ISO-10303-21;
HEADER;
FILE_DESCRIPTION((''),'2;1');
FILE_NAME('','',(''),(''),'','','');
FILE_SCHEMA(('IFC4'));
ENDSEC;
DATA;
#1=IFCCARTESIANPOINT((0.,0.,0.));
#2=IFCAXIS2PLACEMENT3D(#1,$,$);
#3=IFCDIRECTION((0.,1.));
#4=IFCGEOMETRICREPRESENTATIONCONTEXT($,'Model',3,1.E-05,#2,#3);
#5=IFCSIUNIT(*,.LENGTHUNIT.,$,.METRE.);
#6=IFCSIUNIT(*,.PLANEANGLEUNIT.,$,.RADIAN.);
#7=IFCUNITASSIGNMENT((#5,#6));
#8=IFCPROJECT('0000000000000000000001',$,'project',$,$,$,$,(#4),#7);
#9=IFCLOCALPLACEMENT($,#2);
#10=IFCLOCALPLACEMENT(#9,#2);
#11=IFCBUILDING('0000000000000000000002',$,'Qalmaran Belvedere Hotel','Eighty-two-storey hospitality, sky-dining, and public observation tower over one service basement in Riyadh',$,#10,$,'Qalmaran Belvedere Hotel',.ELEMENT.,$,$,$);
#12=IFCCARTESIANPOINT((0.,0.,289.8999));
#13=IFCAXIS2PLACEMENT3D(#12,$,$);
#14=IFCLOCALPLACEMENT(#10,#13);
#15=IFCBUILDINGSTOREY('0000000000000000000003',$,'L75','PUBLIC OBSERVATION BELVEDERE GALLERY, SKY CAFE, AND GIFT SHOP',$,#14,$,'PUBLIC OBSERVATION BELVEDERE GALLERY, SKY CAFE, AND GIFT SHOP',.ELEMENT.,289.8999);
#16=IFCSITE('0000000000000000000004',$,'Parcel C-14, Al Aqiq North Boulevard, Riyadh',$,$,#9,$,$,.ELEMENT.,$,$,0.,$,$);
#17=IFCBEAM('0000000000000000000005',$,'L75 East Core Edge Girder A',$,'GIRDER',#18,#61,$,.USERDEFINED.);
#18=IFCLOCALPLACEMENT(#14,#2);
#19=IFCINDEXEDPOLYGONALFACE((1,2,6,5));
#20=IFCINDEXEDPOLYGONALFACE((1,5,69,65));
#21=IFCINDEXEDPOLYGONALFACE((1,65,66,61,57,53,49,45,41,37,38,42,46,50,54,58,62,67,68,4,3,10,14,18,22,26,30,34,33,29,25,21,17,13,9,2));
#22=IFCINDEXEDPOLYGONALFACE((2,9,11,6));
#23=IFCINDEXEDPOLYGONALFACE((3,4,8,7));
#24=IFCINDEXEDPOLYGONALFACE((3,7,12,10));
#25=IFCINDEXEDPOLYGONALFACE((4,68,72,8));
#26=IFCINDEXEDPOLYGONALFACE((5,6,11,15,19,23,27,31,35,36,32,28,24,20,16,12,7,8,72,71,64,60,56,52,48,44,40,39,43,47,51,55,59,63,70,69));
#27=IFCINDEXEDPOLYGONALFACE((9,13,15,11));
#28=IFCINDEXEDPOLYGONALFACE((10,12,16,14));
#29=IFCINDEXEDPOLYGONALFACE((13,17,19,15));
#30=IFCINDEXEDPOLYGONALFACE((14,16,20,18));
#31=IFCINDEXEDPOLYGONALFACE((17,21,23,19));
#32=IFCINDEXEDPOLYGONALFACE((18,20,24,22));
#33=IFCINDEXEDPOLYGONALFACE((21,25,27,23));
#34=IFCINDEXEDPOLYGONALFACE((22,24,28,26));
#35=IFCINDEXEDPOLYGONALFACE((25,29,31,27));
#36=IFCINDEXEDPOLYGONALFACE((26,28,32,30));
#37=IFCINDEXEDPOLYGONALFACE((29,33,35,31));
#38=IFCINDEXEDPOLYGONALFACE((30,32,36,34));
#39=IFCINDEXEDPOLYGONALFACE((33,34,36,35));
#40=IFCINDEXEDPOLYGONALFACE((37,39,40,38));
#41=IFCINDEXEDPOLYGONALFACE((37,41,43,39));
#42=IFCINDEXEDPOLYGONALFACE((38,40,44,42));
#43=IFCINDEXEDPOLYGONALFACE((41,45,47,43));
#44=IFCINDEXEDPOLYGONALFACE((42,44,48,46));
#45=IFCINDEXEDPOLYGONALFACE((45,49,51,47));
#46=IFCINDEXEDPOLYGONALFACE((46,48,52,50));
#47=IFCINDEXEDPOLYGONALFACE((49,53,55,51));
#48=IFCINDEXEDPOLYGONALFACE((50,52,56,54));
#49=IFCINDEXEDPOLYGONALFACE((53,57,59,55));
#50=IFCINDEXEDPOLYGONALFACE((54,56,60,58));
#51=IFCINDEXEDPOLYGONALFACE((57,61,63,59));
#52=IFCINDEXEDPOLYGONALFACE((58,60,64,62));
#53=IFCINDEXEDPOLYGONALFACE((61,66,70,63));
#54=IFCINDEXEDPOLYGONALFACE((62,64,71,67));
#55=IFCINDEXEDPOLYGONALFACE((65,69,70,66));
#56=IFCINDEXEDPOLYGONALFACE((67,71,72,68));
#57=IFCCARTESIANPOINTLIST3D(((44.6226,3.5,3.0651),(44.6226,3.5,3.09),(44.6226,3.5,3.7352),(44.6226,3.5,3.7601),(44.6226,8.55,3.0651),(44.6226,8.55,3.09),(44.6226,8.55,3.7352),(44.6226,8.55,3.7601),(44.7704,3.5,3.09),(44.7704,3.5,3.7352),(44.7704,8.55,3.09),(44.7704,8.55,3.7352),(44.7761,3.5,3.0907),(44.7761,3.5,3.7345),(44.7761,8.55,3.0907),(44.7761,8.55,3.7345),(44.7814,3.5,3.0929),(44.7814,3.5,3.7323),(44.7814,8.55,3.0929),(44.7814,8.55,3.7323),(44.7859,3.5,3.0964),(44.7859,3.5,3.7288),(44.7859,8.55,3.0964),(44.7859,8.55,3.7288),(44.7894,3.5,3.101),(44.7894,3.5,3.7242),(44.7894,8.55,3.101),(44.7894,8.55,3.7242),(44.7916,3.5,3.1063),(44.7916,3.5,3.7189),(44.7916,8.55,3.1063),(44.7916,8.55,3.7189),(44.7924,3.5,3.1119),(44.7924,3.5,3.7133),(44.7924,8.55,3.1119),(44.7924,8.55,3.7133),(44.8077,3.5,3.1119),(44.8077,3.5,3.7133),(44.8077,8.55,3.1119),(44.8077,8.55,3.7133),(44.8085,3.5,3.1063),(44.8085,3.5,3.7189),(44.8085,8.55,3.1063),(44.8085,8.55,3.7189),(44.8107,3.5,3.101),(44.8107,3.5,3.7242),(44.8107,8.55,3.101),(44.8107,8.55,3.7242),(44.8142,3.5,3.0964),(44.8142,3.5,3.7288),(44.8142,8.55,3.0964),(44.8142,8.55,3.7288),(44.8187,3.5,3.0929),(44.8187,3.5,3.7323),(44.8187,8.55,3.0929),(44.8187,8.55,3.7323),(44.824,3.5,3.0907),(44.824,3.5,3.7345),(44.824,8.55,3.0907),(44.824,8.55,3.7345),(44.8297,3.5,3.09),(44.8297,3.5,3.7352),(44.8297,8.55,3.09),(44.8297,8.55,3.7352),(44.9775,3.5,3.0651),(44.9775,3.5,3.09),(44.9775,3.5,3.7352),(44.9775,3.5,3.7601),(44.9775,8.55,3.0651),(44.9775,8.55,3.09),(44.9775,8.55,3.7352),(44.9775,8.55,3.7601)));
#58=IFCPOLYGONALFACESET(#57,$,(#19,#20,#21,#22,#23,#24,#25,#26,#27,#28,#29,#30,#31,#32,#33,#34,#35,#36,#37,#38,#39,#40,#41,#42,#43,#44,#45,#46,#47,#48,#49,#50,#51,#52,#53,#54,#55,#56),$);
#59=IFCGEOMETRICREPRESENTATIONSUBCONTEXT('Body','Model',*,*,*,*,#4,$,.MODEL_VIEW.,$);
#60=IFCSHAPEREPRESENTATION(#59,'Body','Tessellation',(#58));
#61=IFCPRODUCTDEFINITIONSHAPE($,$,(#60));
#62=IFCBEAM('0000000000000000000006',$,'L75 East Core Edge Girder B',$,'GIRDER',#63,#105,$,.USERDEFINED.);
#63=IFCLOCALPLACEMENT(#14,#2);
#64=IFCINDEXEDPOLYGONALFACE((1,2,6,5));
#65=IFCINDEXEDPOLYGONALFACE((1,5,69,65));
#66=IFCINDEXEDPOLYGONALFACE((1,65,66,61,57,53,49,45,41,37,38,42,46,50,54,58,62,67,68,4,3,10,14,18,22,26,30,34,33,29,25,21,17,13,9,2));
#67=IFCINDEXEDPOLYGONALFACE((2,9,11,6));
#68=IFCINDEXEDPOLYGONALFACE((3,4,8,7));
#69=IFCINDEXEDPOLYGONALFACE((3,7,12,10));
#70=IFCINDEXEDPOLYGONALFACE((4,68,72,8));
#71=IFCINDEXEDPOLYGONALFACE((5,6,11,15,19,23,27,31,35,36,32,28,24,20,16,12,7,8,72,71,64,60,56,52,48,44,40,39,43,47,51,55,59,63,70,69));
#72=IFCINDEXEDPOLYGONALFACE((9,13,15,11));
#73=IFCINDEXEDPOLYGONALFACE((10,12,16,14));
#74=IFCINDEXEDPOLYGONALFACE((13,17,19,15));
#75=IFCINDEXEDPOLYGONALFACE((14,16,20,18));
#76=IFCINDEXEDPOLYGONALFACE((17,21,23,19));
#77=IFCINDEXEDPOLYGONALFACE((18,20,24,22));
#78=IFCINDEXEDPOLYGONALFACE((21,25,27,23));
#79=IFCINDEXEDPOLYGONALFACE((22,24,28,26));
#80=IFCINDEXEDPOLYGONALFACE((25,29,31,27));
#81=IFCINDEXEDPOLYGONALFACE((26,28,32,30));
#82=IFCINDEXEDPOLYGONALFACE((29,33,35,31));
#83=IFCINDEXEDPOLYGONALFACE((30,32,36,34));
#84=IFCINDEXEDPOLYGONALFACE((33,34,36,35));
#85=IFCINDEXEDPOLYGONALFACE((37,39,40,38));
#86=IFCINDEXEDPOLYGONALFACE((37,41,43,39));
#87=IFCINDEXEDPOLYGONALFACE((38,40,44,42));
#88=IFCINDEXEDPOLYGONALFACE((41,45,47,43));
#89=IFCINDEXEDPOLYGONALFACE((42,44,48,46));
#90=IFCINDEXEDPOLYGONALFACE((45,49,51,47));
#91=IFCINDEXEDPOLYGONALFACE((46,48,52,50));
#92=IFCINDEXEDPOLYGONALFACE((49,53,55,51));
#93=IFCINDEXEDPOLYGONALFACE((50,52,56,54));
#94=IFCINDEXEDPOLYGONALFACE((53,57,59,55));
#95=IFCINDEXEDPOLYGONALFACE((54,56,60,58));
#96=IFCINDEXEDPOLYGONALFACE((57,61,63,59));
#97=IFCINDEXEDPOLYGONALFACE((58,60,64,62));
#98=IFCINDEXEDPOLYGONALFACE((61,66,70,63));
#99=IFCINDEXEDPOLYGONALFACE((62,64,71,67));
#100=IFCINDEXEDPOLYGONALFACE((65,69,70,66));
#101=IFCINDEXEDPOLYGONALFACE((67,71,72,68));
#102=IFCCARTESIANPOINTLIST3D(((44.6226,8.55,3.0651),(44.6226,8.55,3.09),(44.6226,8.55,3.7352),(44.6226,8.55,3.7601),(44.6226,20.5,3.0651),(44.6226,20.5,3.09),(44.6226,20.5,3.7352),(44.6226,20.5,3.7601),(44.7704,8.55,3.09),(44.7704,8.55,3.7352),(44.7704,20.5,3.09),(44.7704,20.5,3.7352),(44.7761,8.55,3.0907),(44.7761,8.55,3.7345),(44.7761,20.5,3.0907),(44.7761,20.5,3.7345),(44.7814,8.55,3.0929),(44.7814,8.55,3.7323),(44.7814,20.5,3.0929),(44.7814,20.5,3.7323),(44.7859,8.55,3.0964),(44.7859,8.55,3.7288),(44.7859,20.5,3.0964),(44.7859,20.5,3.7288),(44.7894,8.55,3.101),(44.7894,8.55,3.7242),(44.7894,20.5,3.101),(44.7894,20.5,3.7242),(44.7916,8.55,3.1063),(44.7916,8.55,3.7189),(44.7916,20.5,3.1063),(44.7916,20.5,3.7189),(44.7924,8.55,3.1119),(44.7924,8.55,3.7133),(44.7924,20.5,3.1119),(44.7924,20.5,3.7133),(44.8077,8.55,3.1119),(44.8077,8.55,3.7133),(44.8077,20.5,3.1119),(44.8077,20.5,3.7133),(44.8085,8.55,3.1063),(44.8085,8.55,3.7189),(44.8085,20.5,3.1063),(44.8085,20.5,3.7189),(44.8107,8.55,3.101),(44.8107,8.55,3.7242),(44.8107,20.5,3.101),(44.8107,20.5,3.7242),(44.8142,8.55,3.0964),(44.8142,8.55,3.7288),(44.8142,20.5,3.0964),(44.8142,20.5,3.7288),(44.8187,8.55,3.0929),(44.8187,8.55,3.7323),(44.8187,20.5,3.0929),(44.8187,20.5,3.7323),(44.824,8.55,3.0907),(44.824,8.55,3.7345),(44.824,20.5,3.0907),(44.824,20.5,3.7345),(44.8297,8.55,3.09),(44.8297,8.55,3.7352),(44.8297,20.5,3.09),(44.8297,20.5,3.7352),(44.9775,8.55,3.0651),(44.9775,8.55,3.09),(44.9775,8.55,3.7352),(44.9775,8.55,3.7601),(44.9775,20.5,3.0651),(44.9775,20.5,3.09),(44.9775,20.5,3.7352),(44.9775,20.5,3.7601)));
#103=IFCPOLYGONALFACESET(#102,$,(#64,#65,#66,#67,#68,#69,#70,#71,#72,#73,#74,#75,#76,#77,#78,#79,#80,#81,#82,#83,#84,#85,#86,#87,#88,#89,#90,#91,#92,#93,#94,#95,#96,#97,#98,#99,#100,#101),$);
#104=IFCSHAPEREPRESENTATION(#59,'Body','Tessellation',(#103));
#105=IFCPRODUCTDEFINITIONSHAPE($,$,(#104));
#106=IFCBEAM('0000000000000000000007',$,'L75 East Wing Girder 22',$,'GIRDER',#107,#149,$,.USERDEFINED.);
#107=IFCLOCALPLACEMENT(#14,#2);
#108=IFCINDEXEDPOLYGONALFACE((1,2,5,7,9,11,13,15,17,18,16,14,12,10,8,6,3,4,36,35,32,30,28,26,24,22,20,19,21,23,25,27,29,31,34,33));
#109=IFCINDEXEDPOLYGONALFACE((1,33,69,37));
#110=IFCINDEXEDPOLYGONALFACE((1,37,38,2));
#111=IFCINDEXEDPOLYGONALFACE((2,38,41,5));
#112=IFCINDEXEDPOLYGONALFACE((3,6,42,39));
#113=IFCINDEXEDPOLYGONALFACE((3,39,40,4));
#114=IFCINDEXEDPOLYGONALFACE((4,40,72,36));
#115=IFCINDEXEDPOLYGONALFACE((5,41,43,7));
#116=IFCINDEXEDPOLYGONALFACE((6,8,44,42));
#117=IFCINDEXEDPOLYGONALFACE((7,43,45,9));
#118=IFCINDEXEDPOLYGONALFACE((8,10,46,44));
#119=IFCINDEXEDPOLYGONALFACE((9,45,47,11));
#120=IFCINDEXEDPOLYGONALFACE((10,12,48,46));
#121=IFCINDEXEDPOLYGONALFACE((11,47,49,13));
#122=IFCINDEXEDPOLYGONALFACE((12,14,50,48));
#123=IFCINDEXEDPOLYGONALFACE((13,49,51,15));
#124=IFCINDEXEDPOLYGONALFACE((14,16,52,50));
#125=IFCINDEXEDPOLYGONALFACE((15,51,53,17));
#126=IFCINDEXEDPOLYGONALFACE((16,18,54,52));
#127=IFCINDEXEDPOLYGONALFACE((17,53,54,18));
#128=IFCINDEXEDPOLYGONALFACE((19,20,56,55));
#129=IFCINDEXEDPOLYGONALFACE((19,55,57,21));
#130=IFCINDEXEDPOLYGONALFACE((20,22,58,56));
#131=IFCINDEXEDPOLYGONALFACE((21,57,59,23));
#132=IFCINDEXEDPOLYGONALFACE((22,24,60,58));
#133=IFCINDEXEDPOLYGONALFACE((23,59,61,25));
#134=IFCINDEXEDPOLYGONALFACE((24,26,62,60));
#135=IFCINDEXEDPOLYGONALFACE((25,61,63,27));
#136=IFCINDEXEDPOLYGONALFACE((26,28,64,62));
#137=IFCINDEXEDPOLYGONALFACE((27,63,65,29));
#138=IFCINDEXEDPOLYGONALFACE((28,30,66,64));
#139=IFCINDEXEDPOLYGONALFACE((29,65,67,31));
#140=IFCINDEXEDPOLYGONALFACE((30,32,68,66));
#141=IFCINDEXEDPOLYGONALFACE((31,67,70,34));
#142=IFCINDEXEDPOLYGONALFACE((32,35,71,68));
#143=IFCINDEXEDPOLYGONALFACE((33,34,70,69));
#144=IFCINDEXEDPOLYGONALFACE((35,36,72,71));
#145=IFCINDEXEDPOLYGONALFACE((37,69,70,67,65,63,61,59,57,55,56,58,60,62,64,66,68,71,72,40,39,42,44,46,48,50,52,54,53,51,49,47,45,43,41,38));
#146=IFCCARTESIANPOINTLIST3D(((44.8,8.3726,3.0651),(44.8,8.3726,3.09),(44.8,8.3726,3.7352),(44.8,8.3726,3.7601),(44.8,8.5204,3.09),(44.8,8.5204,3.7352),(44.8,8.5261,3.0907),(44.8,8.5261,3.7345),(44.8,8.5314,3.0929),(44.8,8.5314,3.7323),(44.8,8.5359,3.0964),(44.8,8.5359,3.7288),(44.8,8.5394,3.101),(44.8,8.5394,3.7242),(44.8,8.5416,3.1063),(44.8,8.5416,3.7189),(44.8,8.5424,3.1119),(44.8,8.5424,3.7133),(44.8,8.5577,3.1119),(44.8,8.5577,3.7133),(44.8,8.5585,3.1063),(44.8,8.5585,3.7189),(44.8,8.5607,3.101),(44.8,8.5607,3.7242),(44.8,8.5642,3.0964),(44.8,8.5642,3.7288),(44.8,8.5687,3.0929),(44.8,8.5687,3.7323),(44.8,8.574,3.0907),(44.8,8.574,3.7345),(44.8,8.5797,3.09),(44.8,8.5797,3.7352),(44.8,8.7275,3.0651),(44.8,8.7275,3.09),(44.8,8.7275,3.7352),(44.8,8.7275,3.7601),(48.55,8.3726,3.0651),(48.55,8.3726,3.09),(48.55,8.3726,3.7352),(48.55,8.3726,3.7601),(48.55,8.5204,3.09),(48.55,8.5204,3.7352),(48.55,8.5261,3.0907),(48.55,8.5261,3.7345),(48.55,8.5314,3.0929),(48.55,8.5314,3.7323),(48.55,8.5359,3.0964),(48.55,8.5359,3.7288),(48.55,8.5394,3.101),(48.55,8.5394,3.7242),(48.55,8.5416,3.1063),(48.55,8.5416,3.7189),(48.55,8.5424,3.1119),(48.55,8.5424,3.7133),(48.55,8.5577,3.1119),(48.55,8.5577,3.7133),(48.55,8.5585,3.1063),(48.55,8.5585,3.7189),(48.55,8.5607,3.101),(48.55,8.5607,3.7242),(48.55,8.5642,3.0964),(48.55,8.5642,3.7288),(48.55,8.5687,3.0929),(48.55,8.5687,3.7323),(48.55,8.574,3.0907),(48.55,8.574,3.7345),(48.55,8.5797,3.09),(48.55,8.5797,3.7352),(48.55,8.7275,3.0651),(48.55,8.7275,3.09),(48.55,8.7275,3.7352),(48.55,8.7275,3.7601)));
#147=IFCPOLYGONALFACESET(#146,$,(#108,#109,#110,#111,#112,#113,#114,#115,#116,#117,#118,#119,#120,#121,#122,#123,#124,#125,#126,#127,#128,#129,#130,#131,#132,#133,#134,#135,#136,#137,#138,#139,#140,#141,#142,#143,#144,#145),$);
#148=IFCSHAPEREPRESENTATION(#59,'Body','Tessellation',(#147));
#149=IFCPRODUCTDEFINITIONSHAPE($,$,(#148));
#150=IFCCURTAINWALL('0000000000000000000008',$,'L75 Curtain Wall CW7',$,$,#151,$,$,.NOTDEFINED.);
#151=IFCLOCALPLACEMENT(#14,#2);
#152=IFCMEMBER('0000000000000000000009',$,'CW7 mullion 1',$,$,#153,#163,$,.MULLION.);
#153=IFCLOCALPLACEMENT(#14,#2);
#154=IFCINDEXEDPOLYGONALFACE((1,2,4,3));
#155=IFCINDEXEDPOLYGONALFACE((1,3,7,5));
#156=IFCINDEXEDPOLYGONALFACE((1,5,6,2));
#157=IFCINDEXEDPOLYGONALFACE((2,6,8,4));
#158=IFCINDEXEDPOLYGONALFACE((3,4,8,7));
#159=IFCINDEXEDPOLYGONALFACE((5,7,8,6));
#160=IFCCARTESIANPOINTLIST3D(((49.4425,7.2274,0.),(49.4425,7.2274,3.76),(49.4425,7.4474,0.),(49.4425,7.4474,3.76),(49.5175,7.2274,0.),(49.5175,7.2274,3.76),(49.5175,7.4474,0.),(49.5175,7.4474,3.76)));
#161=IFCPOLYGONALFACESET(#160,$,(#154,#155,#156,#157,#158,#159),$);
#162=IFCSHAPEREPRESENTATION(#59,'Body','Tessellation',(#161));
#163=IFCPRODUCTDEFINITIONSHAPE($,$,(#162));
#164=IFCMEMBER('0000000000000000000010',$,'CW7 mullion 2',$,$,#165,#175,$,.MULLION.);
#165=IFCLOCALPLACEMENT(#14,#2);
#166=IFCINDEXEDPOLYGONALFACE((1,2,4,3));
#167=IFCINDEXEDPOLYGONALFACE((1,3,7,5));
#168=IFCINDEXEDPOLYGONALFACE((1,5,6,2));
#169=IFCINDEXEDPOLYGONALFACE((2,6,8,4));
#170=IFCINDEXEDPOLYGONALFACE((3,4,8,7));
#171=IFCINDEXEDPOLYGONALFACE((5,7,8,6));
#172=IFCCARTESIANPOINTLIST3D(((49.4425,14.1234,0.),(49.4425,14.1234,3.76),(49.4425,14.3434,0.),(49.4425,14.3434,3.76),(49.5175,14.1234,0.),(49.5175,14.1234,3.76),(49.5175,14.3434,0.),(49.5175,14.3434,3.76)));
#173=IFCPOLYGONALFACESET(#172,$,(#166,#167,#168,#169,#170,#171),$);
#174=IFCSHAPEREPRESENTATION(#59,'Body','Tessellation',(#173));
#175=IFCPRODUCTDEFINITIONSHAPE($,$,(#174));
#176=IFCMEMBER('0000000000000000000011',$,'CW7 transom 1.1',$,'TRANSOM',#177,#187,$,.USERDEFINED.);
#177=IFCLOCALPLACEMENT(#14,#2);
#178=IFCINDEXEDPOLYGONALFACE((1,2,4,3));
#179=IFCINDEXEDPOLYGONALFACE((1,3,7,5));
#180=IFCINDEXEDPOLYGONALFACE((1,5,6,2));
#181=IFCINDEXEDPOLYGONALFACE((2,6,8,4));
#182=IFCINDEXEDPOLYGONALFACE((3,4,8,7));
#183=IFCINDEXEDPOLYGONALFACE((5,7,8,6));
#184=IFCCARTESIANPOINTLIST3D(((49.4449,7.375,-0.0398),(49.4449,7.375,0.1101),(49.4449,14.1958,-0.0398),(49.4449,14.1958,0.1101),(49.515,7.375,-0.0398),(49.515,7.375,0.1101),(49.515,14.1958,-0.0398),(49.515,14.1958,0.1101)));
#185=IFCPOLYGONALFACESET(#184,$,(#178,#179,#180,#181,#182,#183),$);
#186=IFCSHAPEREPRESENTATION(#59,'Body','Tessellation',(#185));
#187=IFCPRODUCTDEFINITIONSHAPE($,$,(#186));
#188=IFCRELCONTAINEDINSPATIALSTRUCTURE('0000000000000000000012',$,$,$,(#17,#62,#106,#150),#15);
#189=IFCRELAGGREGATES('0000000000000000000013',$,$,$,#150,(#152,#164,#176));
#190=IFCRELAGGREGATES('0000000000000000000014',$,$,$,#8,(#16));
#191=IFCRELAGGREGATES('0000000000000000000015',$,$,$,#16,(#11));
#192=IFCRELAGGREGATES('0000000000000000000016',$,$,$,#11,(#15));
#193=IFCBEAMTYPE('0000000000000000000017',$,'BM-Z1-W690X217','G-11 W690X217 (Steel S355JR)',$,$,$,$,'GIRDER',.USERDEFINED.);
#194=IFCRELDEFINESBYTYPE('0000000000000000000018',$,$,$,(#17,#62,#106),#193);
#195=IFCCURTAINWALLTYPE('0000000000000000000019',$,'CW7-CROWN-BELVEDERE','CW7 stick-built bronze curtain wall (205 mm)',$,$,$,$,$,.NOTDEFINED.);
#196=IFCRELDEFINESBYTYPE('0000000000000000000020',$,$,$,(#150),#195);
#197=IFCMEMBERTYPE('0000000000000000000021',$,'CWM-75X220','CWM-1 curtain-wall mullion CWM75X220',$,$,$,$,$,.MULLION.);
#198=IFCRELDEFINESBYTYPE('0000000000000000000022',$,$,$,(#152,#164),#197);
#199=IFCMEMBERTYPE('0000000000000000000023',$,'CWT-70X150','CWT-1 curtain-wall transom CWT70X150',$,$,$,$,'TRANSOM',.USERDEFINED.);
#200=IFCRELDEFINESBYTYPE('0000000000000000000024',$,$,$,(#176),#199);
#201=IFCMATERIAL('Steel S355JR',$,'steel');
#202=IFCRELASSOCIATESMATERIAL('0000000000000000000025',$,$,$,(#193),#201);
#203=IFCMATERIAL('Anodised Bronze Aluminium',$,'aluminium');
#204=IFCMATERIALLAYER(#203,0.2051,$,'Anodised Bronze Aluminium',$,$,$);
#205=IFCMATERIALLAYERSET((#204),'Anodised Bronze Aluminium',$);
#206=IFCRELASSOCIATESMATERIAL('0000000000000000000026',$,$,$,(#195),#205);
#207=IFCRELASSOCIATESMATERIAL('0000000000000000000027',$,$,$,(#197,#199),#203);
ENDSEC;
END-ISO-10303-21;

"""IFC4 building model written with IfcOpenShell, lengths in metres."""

from ifc_helpers import new_model, si_unit, direction, frame, origin, origin_2d, place, context, subcontext, project, spatial, rectangle, i_section, extrude, material, layer, layer_set, material_profile, profile_set, type_object, element, aggregate, save


model = new_model("IFC4")

# Units and contexts
model_context = context("Model", 3, precision=1e-05, world=origin(), true_north=direction((0.0, 1.0)))
body_context = subcontext(model_context, "Body", "Model", "MODEL_VIEW")
ifc_project = project(units=[si_unit("LENGTHUNIT", "METRE"), si_unit("PLANEANGLEUNIT", "RADIAN")], contexts=[model_context])

# Site, building, storey
site_placement = place(None, origin())
site = spatial("IfcSite", under=ifc_project, at=site_placement, Name="Parcel C-14, Al Aqiq North Boulevard, Riyadh", CompositionType="ELEMENT", RefElevation=0.0)
building_placement = place(site_placement, origin())
building = spatial("IfcBuilding", under=site, at=building_placement, Name="Qalmaran Belvedere Hotel", Description="Eighty-two-storey hospitality, sky-dining, and public observation tower over one service basement in Riyadh", LongName="Qalmaran Belvedere Hotel", CompositionType="ELEMENT")
storey_placement = place(building_placement, frame((0.0, 0.0, 289.8999)))
storey = spatial("IfcBuildingStorey", under=building, at=storey_placement, Name="L75", Description="PUBLIC OBSERVATION BELVEDERE GALLERY, SKY CAFE, AND GIFT SHOP", LongName="PUBLIC OBSERVATION BELVEDERE GALLERY, SKY CAFE, AND GIFT SHOP", CompositionType="ELEMENT", Elevation=289.8999)

# Beams
ifc_material_1 = material(Name="Steel S355JR", Category="steel")
ifc_material_profile_1 = material_profile(ifc_material_1, i_section(OverallWidth=0.355, OverallDepth=0.6951, WebThickness=0.0154, FlangeThickness=0.0249, FilletRadius=0.022, at=origin_2d()), Name="W690X217")
ifc_profile_set_1 = profile_set([ifc_material_profile_1], Name="Steel S355JR")
beam_type_1 = type_object("IfcBeamType", Name="BM-Z1-W690X217", Description="G-11 W690X217 (Steel S355JR)", ElementType="GIRDER", PredefinedType="USERDEFINED", material=ifc_profile_set_1)
beam_1_placement = place(storey_placement, frame((44.8, 3.5, 3.4126), z_axis=(0.0, 1.0, 0.0), x_axis=(-1.0, 0.0, 0.0)))
element("IfcBeam", 1, at=beam_1_placement, inside=storey, type_object=beam_type_1, Name="L75 East Core Edge Girder A", ObjectType="GIRDER", PredefinedType="USERDEFINED", context=body_context, shape_type="SweptSolid", body=[
    extrude(i_section(OverallWidth=0.355, OverallDepth=0.6951, WebThickness=0.0154, FlangeThickness=0.0249, FilletRadius=0.022, at=origin_2d()), origin(), (0.0, 0.0, 1.0), 5.05),
])
beam_2_placement = place(storey_placement, frame((44.8, 8.55, 3.4126), z_axis=(0.0, 1.0, 0.0), x_axis=(-1.0, 0.0, 0.0)))
element("IfcBeam", 2, at=beam_2_placement, inside=storey, type_object=beam_type_1, Name="L75 East Core Edge Girder B", ObjectType="GIRDER", PredefinedType="USERDEFINED", context=body_context, shape_type="SweptSolid", body=[
    extrude(i_section(OverallWidth=0.355, OverallDepth=0.6951, WebThickness=0.0154, FlangeThickness=0.0249, FilletRadius=0.022, at=origin_2d()), origin(), (0.0, 0.0, 1.0), 11.95),
])
beam_3_placement = place(storey_placement, frame((44.8, 8.55, 3.4126), z_axis=(1.0, 0.0, 0.0), x_axis=(0.0, 1.0, 0.0)))
element("IfcBeam", 3, at=beam_3_placement, inside=storey, type_object=beam_type_1, Name="L75 East Wing Girder 22", ObjectType="GIRDER", PredefinedType="USERDEFINED", context=body_context, shape_type="SweptSolid", body=[
    extrude(i_section(OverallWidth=0.355, OverallDepth=0.6951, WebThickness=0.0154, FlangeThickness=0.0249, FilletRadius=0.022, at=origin_2d()), origin(), (0.0, 0.0, 1.0), 3.75),
])

# Curtain wall, members
ifc_material_2 = material(Name="Anodised Bronze Aluminium", Category="aluminium")
ifc_layer_1 = layer(ifc_material_2, 0.2051, Name="Anodised Bronze Aluminium")
ifc_layer_set_1 = layer_set([ifc_layer_1], Name="Anodised Bronze Aluminium")
curtain_wall_type = type_object("IfcCurtainWallType", Name="CW7-CROWN-BELVEDERE", Description="CW7 stick-built bronze curtain wall (205 mm)", PredefinedType="NOTDEFINED", material=ifc_layer_set_1)
curtain_wall_placement = place(storey_placement, origin())
curtain_wall = element("IfcCurtainWall", 4, at=curtain_wall_placement, inside=storey, type_object=curtain_wall_type, Name="L75 Curtain Wall CW7", PredefinedType="NOTDEFINED")
ifc_material_profile_2 = material_profile(ifc_material_2, rectangle(XDim=0.075, YDim=0.22, at=origin_2d()), Name="CWM75X220")
ifc_profile_set_2 = profile_set([ifc_material_profile_2], Name="Anodised Bronze Aluminium")
member_type_1 = type_object("IfcMemberType", Name="CWM-75X220", Description="CWM-1 curtain-wall mullion CWM75X220", PredefinedType="MULLION", material=ifc_profile_set_2)
member_1_placement = place(storey_placement, frame((49.48, 7.3374, 0.0), z_axis=(0.0, 0.0, 1.0), x_axis=(-1.0, 0.0, 0.0)))
member_1 = element("IfcMember", 5, at=member_1_placement, type_object=member_type_1, Name="CW7 mullion 1", PredefinedType="MULLION", context=body_context, shape_type="SweptSolid", body=[
    extrude(rectangle(XDim=0.075, YDim=0.22, at=origin_2d()), origin(), (0.0, 0.0, 1.0), 3.76),
])
member_2_placement = place(storey_placement, frame((49.48, 14.2334, 0.0), z_axis=(0.0, 0.0, 1.0), x_axis=(-1.0, 0.0, 0.0)))
member_2 = element("IfcMember", 6, at=member_2_placement, type_object=member_type_1, Name="CW7 mullion 2", PredefinedType="MULLION", context=body_context, shape_type="SweptSolid", body=[
    extrude(rectangle(XDim=0.075, YDim=0.22, at=origin_2d()), origin(), (0.0, 0.0, 1.0), 3.76),
])
ifc_material_profile_3 = material_profile(ifc_material_2, rectangle(XDim=0.0701, YDim=0.1499, at=origin_2d()), Name="CWT70X150")
ifc_profile_set_3 = profile_set([ifc_material_profile_3], Name="Anodised Bronze Aluminium")
member_type_2 = type_object("IfcMemberType", Name="CWT-70X150", Description="CWT-1 curtain-wall transom CWT70X150", ElementType="TRANSOM", PredefinedType="USERDEFINED", material=ifc_profile_set_3)
member_3_placement = place(storey_placement, frame((49.48, 7.375, 0.0352), z_axis=(0.0, 1.0, 0.0), x_axis=(-1.0, 0.0, 0.0)))
member_3 = element("IfcMember", 7, at=member_3_placement, type_object=member_type_2, Name="CW7 transom 1.1", ObjectType="TRANSOM", PredefinedType="USERDEFINED", context=body_context, shape_type="SweptSolid", body=[
    extrude(rectangle(XDim=0.0701, YDim=0.1499, at=origin_2d()), origin(), (0.0, 0.0, 1.0), 6.8208),
])
aggregate(curtain_wall, [member_1, member_2, member_3])

save(model, "model.ifc")
